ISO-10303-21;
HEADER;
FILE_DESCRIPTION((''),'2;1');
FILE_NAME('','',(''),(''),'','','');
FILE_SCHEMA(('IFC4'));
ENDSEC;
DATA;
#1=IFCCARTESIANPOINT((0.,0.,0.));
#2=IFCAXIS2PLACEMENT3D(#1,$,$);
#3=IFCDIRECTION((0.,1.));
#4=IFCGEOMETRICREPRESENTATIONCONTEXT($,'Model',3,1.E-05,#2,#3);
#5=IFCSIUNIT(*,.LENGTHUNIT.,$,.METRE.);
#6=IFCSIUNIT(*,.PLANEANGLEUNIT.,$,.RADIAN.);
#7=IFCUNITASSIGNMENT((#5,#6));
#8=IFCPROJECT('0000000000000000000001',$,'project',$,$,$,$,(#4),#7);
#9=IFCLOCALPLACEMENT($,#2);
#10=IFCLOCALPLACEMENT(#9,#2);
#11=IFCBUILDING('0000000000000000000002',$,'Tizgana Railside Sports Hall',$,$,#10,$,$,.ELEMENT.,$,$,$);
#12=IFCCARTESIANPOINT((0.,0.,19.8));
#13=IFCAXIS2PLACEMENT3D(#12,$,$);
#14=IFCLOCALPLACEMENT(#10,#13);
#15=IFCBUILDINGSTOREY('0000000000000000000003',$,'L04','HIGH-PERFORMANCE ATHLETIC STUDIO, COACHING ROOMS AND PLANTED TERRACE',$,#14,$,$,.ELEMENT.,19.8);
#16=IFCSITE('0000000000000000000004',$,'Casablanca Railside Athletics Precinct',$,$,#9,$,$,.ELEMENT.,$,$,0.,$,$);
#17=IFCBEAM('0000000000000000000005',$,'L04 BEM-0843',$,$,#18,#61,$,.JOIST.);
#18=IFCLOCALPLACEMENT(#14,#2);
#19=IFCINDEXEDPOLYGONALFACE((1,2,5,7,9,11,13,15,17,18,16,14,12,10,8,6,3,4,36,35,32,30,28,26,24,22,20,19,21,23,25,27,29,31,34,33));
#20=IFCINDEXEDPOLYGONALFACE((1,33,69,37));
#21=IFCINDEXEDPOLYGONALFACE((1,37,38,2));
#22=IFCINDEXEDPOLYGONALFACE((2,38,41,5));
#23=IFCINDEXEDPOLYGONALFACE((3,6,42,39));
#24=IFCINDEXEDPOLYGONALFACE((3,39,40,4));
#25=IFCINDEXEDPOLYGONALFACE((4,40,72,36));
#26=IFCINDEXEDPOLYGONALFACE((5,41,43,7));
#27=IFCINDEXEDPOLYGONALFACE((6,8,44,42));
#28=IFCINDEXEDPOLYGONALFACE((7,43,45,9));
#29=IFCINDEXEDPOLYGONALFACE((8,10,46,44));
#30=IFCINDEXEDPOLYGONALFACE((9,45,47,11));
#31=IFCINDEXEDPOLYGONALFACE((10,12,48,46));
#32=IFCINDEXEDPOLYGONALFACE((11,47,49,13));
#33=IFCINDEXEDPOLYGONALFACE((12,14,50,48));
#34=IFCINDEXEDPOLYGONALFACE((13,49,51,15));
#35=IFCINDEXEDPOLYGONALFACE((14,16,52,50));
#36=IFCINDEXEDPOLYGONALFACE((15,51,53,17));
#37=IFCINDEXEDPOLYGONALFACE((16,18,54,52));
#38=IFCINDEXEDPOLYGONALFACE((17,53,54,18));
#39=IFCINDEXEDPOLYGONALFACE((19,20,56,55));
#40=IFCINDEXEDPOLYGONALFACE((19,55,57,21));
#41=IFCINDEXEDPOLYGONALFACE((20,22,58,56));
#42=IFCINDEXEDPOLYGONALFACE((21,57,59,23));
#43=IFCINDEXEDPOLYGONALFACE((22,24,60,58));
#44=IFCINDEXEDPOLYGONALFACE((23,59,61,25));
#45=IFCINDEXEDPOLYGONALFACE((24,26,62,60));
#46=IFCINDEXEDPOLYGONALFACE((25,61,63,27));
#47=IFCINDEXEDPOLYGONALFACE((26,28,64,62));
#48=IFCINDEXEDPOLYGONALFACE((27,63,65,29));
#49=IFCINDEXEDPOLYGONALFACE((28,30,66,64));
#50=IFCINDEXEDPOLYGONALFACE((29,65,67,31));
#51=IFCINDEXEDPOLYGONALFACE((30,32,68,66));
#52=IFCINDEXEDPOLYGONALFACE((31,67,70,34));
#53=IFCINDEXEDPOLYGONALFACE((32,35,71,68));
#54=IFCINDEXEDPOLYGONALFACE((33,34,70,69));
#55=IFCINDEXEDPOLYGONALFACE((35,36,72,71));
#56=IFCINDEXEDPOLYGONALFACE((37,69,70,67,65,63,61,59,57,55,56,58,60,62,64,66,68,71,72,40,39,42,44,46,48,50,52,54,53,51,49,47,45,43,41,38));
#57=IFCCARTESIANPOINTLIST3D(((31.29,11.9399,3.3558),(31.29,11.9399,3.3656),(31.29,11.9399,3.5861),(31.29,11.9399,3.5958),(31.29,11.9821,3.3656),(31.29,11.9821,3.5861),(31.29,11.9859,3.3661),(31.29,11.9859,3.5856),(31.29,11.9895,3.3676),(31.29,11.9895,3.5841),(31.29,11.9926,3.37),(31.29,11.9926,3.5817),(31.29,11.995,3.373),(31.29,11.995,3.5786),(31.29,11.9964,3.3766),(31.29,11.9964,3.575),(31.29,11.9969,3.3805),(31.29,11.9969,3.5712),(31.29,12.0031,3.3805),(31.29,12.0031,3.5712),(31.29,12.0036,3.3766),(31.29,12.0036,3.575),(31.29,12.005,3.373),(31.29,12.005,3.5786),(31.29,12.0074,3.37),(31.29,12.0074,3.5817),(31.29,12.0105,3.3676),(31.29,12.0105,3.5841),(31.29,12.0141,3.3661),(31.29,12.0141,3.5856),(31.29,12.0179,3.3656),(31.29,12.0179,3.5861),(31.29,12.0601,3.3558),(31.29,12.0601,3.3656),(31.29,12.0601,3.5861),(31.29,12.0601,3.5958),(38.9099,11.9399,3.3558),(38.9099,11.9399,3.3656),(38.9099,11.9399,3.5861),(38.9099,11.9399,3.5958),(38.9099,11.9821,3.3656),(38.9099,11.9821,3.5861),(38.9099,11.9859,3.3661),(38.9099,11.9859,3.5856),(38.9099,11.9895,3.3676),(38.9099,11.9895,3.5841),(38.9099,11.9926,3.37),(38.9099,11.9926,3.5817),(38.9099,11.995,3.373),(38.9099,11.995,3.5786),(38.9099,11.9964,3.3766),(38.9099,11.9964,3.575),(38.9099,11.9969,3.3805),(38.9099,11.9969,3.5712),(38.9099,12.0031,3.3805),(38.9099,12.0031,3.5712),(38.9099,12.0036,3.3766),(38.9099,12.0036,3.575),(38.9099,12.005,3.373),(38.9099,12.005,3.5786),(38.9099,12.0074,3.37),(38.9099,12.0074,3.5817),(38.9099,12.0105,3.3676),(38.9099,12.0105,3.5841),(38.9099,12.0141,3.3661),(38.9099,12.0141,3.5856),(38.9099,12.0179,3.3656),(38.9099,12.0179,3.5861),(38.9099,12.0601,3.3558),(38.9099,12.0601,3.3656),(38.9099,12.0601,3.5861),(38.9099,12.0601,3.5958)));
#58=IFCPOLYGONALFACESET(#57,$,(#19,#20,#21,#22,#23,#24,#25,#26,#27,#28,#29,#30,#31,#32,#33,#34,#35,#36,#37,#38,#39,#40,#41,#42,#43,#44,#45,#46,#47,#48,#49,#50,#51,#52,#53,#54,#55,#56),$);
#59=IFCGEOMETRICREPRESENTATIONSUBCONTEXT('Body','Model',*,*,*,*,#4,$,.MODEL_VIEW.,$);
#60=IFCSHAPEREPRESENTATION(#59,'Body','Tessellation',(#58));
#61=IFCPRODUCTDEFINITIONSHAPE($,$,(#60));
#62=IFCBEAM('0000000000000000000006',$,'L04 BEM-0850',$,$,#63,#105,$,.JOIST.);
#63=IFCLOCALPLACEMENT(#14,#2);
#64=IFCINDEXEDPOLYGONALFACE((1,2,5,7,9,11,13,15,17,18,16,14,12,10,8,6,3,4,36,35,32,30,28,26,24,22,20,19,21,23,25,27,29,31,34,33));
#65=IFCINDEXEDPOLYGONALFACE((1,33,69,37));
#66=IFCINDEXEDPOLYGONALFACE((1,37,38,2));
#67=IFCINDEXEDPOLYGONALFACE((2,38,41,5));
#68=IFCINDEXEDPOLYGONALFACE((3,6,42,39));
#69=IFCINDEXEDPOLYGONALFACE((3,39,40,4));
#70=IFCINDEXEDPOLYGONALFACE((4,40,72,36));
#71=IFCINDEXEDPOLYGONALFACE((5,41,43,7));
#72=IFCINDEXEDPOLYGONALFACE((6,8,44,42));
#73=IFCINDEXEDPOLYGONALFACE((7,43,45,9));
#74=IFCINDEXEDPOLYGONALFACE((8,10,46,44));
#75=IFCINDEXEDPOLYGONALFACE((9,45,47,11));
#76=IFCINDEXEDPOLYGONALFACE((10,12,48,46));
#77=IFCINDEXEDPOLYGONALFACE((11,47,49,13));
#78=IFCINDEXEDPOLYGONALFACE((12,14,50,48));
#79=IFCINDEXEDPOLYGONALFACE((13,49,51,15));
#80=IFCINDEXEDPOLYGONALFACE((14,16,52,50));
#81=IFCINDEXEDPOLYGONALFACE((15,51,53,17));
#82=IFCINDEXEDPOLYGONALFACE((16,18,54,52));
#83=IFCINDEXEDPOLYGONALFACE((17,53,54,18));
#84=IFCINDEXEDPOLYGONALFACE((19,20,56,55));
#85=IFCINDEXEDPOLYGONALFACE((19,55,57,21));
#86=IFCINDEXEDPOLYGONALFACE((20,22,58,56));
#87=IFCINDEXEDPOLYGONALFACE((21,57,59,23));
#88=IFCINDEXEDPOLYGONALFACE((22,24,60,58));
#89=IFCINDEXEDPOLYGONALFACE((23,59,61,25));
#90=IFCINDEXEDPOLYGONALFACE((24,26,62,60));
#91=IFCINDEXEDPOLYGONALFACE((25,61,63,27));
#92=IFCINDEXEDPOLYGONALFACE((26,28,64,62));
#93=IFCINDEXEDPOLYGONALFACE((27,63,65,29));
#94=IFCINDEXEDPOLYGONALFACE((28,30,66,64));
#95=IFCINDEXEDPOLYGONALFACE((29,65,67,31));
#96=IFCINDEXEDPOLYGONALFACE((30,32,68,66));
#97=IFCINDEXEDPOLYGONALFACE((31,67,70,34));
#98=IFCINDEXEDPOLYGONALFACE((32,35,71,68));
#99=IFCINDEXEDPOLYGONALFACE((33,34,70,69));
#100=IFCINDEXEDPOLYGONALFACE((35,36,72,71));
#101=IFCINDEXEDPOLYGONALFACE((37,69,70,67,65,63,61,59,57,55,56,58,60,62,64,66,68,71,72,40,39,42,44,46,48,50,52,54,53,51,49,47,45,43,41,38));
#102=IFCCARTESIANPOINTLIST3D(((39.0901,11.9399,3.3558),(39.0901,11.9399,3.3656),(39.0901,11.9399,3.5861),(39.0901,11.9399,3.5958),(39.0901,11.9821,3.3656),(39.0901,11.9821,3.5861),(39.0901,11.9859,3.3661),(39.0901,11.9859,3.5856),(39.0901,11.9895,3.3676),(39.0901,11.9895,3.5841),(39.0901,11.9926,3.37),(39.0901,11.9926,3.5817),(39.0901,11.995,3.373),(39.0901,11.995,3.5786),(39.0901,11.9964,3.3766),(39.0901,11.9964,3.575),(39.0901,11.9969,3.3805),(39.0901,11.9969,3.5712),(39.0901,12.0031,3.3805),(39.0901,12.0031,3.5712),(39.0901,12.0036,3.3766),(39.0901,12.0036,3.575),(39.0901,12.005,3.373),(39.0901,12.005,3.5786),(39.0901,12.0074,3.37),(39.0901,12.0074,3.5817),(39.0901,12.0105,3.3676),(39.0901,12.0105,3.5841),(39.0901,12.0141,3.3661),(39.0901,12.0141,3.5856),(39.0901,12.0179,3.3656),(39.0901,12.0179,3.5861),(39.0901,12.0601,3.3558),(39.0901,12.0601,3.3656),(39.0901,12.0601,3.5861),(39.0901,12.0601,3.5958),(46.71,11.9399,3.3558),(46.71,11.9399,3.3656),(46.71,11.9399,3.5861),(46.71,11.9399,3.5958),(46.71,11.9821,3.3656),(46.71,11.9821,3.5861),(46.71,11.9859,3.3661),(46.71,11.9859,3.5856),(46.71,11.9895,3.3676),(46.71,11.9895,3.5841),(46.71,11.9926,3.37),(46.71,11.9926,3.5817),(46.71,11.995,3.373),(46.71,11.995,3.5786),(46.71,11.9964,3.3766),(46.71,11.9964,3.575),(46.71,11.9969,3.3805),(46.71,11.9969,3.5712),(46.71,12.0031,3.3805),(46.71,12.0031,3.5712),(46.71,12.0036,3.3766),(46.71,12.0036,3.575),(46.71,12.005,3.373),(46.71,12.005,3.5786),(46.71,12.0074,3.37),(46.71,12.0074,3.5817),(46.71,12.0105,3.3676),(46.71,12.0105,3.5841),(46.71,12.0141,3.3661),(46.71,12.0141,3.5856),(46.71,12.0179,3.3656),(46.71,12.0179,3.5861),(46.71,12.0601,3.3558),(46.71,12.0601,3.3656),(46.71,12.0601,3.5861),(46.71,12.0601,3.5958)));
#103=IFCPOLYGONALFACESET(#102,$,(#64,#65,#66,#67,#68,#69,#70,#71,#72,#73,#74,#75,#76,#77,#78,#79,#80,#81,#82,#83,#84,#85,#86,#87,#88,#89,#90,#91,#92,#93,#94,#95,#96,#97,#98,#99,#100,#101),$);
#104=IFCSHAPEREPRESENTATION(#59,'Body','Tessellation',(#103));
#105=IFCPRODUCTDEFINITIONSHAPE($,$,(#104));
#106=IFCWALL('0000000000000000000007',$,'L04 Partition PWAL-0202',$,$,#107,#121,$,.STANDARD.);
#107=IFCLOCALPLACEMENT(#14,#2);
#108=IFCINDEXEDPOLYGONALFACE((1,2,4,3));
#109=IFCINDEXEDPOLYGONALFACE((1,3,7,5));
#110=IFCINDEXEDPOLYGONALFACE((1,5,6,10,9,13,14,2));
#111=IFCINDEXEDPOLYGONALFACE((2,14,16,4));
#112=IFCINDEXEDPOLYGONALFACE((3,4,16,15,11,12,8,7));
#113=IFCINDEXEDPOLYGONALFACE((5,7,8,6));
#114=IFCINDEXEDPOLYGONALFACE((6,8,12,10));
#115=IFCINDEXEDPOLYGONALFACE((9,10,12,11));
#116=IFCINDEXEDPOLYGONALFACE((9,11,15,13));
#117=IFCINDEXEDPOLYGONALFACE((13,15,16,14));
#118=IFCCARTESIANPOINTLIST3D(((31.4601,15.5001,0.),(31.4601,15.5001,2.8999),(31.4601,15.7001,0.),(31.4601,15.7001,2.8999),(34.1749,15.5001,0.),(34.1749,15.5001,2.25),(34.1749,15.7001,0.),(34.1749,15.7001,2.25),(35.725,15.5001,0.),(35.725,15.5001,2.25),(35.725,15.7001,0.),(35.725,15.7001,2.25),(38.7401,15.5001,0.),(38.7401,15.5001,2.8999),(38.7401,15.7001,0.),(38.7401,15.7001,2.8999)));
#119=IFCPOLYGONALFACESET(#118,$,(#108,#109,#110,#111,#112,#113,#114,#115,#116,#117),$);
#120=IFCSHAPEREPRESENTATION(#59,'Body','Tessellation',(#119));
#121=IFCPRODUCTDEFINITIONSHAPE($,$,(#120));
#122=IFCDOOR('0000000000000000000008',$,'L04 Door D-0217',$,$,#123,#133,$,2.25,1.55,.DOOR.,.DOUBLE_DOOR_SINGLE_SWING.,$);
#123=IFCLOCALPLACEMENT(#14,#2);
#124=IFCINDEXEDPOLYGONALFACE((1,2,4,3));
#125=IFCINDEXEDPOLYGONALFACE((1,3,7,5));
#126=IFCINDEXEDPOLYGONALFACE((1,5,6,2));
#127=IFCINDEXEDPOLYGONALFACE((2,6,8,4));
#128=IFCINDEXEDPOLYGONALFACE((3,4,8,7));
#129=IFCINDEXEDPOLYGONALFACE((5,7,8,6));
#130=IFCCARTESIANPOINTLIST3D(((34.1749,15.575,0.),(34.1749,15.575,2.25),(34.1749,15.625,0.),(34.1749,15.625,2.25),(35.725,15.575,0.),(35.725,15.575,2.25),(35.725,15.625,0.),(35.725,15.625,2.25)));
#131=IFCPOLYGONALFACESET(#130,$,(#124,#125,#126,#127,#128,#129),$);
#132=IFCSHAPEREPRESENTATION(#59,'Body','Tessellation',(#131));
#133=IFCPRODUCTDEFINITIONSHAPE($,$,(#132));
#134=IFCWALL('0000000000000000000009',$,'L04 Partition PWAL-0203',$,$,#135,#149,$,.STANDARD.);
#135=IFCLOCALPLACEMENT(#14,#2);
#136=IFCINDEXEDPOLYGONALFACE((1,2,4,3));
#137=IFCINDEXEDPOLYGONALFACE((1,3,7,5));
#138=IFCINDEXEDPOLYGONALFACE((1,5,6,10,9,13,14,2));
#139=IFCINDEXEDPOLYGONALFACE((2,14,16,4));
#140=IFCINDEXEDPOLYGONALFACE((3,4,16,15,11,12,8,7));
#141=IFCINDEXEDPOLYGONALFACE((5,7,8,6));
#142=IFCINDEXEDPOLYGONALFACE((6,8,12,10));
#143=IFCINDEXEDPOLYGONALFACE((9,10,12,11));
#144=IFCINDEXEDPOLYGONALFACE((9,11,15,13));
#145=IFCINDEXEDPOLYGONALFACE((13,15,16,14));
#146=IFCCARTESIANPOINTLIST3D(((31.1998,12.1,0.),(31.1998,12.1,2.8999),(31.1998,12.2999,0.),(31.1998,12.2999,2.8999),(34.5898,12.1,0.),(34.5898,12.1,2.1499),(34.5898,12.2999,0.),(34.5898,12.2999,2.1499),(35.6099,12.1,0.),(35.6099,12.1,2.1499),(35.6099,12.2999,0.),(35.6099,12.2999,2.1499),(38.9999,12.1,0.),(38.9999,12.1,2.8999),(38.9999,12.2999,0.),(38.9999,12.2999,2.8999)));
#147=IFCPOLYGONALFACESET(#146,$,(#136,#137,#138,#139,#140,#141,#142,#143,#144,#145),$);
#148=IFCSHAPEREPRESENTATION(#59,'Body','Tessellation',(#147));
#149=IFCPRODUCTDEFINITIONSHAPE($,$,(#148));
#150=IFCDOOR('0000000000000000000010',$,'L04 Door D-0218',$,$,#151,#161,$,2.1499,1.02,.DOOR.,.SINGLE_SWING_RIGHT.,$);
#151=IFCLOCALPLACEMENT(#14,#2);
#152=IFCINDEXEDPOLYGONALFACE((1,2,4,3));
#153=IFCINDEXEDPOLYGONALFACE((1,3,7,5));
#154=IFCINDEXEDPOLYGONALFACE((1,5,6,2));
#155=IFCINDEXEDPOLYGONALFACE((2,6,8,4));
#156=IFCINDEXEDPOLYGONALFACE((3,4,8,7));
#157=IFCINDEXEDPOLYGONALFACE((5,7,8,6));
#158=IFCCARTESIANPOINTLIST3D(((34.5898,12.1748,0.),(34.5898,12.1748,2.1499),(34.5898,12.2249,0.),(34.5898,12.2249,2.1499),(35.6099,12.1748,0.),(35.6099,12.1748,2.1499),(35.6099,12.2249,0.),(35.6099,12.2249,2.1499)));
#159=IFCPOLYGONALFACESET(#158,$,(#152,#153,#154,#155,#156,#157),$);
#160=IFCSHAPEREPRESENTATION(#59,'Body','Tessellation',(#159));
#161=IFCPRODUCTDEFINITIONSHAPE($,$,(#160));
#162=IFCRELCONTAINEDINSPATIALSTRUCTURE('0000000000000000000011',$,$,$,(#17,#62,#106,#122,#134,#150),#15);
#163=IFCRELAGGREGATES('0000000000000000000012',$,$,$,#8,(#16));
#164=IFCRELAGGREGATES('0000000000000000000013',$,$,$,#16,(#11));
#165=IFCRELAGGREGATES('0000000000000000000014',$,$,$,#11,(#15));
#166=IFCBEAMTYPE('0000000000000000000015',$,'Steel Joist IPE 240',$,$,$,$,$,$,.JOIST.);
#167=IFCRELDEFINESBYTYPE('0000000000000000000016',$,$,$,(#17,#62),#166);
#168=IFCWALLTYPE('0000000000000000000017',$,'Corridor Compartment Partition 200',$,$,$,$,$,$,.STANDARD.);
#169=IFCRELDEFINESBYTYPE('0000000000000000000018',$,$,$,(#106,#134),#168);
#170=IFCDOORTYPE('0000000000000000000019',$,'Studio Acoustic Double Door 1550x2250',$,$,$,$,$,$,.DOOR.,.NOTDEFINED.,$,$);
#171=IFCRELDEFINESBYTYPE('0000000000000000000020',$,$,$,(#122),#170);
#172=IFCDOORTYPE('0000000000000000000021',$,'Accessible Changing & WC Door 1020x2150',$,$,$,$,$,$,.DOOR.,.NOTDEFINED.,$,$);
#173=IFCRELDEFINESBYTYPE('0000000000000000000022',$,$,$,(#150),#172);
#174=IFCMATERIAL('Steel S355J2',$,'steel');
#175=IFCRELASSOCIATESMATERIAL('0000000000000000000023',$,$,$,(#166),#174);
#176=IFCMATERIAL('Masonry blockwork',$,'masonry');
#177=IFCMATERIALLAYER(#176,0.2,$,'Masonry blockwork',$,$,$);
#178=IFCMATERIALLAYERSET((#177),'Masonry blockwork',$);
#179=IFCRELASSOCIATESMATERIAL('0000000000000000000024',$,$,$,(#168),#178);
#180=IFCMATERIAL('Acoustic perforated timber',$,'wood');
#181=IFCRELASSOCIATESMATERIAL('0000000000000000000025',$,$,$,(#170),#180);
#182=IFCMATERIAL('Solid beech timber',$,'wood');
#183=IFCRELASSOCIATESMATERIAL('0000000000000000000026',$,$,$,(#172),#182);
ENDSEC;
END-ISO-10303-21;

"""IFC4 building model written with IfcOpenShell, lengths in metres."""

from ifc_helpers import new_model, si_unit, direction, frame, frame_2d, origin, origin_2d, place, context, subcontext, project, spatial, rectangle, i_section, extrude, material, layer, layer_set, material_profile, profile_set, type_object, element, fill, save


model = new_model("IFC4")

# Units and contexts
model_context = context("Model", 3, precision=1e-05, world=origin(), true_north=direction((0.0, 1.0)))
body_context = subcontext(model_context, "Body", "Model", "MODEL_VIEW")
ifc_project = project(units=[si_unit("LENGTHUNIT", "METRE"), si_unit("PLANEANGLEUNIT", "RADIAN")], contexts=[model_context])

# Site, building, storey
site_placement = place(None, origin())
site = spatial("IfcSite", under=ifc_project, at=site_placement, Name="Casablanca Railside Athletics Precinct", CompositionType="ELEMENT", RefElevation=0.0)
building_placement = place(site_placement, origin())
building = spatial("IfcBuilding", under=site, at=building_placement, Name="Tizgana Railside Sports Hall", CompositionType="ELEMENT")
storey_placement = place(building_placement, frame((0.0, 0.0, 19.8)))
storey = spatial("IfcBuildingStorey", under=building, at=storey_placement, Name="L04", Description="HIGH-PERFORMANCE ATHLETIC STUDIO, COACHING ROOMS AND PLANTED TERRACE", CompositionType="ELEMENT", Elevation=19.8)

# Beams
ifc_material_1 = material(Name="Steel S355J2", Category="steel")
ifc_material_profile_1 = material_profile(ifc_material_1, i_section(OverallWidth=0.1201, OverallDepth=0.24, WebThickness=0.0061, FlangeThickness=0.0098, FilletRadius=0.0149, at=origin_2d()), Name="IPE 240")
ifc_profile_set_1 = profile_set([ifc_material_profile_1], Name="Steel S355J2")
beam_type_1 = type_object("IfcBeamType", Name="Steel Joist IPE 240", PredefinedType="JOIST", material=ifc_profile_set_1)
for number, where, z_axis, x_axis, name in (
    (1, (31.29, 12.0, 3.4758), (1.0, 0.0, 0.0), (0.0, 1.0, 0.0), "L04 BEM-0843"),
    (2, (39.0901, 12.0, 3.4758), (1.0, 0.0, 0.0), (0.0, 1.0, 0.0), "L04 BEM-0850"),
):
    element("IfcBeam", number, at=place(storey_placement, frame(where, z_axis=z_axis, x_axis=x_axis)), inside=storey, type_object=beam_type_1, Name=name, PredefinedType="JOIST", context=body_context, shape_type="SweptSolid", body=[
        extrude(i_section(OverallWidth=0.1201, OverallDepth=0.24, WebThickness=0.0061, FlangeThickness=0.0098, FilletRadius=0.0149, at=origin_2d()), origin(), (0.0, 0.0, 1.0), 7.6199),
    ])

# Walls, openings, doors
ifc_material_2 = material(Name="Masonry blockwork", Category="masonry")
ifc_layer_1 = layer(ifc_material_2, 0.2, Name="Masonry blockwork")
ifc_layer_set_1 = layer_set([ifc_layer_1], Name="Masonry blockwork")
wall_type_1 = type_object("IfcWallType", Name="Corridor Compartment Partition 200", PredefinedType="STANDARD", material=ifc_layer_set_1)
wall_1_placement = place(storey_placement, frame((31.46, 15.6001, 0.0), z_axis=(0.0, 0.0, 1.0), x_axis=(1.0, 0.0, 0.0)))
wall_1 = element("IfcWall", 3, at=wall_1_placement, inside=storey, type_object=wall_type_1, Name="L04 Partition PWAL-0202", PredefinedType="STANDARD", context=body_context, shape_type="SweptSolid", body=[
    extrude(rectangle(XDim=7.28, YDim=0.2, at=frame_2d((3.6401, 0.0))), origin(), (0.0, 0.0, 1.0), 2.8999),
])
opening_1_placement = place(wall_1_placement, frame((2.7151, 0.0, 0.0)))
opening_1 = element("IfcOpeningElement", 4, at=opening_1_placement, cuts=wall_1, PredefinedType="OPENING", context=body_context, shape_type="SweptSolid", body=[
    extrude(rectangle(XDim=1.55, YDim=2.25, at=frame_2d((0.7749, 1.125))), frame((0.0, 0.1099, 0.0), z_axis=(0.0, -1.0, 0.0), x_axis=(1.0, 0.0, 0.0)), (0.0, 0.0, 1.0), 0.22),
])
ifc_material_3 = material(Name="Acoustic perforated timber", Category="wood")
door_type_1 = type_object("IfcDoorType", Name="Studio Acoustic Double Door 1550x2250", OperationType="NOTDEFINED", PredefinedType="DOOR", material=ifc_material_3)
door_1_placement = place(opening_1_placement, origin())
door_1 = element("IfcDoor", 5, at=door_1_placement, inside=storey, type_object=door_type_1, Name="L04 Door D-0217", OperationType="DOUBLE_DOOR_SINGLE_SWING", OverallHeight=2.25, OverallWidth=1.55, PredefinedType="DOOR", context=body_context, shape_type="SweptSolid", body=[
    extrude(rectangle(XDim=1.55, YDim=2.25, at=frame_2d((0.7749, 1.125))), frame((0.0, 0.0249, 0.0), z_axis=(0.0, -1.0, 0.0), x_axis=(1.0, 0.0, 0.0)), (0.0, 0.0, 1.0), 0.05),
])
fill(opening_1, door_1)
wall_2_placement = place(storey_placement, frame((31.2, 12.2, 0.0), z_axis=(0.0, 0.0, 1.0), x_axis=(1.0, 0.0, 0.0)))
wall_2 = element("IfcWall", 6, at=wall_2_placement, inside=storey, type_object=wall_type_1, Name="L04 Partition PWAL-0203", PredefinedType="STANDARD", context=body_context, shape_type="SweptSolid", body=[
    extrude(rectangle(XDim=7.8, YDim=0.2, at=frame_2d((3.8999, 0.0))), origin(), (0.0, 0.0, 1.0), 2.8999),
])
opening_2_placement = place(wall_2_placement, frame((3.3899, 0.0, 0.0)))
opening_2 = element("IfcOpeningElement", 7, at=opening_2_placement, cuts=wall_2, PredefinedType="OPENING", context=body_context, shape_type="SweptSolid", body=[
    extrude(rectangle(XDim=1.02, YDim=2.1499, at=frame_2d((0.51, 1.075))), frame((0.0, 0.1099, 0.0), z_axis=(0.0, -1.0, 0.0), x_axis=(1.0, 0.0, 0.0)), (0.0, 0.0, 1.0), 0.22),
])
ifc_material_4 = material(Name="Solid beech timber", Category="wood")
door_type_2 = type_object("IfcDoorType", Name="Accessible Changing & WC Door 1020x2150", OperationType="NOTDEFINED", PredefinedType="DOOR", material=ifc_material_4)
door_2_placement = place(opening_2_placement, origin())
door_2 = element("IfcDoor", 8, at=door_2_placement, inside=storey, type_object=door_type_2, Name="L04 Door D-0218", OperationType="SINGLE_SWING_RIGHT", OverallHeight=2.1499, OverallWidth=1.02, PredefinedType="DOOR", context=body_context, shape_type="SweptSolid", body=[
    extrude(rectangle(XDim=1.02, YDim=2.1499, at=frame_2d((0.51, 1.075))), frame((0.0, 0.0249, 0.0), z_axis=(0.0, -1.0, 0.0), x_axis=(1.0, 0.0, 0.0)), (0.0, 0.0, 1.0), 0.05),
])
fill(opening_2, door_2)

save(model, "model.ifc")
